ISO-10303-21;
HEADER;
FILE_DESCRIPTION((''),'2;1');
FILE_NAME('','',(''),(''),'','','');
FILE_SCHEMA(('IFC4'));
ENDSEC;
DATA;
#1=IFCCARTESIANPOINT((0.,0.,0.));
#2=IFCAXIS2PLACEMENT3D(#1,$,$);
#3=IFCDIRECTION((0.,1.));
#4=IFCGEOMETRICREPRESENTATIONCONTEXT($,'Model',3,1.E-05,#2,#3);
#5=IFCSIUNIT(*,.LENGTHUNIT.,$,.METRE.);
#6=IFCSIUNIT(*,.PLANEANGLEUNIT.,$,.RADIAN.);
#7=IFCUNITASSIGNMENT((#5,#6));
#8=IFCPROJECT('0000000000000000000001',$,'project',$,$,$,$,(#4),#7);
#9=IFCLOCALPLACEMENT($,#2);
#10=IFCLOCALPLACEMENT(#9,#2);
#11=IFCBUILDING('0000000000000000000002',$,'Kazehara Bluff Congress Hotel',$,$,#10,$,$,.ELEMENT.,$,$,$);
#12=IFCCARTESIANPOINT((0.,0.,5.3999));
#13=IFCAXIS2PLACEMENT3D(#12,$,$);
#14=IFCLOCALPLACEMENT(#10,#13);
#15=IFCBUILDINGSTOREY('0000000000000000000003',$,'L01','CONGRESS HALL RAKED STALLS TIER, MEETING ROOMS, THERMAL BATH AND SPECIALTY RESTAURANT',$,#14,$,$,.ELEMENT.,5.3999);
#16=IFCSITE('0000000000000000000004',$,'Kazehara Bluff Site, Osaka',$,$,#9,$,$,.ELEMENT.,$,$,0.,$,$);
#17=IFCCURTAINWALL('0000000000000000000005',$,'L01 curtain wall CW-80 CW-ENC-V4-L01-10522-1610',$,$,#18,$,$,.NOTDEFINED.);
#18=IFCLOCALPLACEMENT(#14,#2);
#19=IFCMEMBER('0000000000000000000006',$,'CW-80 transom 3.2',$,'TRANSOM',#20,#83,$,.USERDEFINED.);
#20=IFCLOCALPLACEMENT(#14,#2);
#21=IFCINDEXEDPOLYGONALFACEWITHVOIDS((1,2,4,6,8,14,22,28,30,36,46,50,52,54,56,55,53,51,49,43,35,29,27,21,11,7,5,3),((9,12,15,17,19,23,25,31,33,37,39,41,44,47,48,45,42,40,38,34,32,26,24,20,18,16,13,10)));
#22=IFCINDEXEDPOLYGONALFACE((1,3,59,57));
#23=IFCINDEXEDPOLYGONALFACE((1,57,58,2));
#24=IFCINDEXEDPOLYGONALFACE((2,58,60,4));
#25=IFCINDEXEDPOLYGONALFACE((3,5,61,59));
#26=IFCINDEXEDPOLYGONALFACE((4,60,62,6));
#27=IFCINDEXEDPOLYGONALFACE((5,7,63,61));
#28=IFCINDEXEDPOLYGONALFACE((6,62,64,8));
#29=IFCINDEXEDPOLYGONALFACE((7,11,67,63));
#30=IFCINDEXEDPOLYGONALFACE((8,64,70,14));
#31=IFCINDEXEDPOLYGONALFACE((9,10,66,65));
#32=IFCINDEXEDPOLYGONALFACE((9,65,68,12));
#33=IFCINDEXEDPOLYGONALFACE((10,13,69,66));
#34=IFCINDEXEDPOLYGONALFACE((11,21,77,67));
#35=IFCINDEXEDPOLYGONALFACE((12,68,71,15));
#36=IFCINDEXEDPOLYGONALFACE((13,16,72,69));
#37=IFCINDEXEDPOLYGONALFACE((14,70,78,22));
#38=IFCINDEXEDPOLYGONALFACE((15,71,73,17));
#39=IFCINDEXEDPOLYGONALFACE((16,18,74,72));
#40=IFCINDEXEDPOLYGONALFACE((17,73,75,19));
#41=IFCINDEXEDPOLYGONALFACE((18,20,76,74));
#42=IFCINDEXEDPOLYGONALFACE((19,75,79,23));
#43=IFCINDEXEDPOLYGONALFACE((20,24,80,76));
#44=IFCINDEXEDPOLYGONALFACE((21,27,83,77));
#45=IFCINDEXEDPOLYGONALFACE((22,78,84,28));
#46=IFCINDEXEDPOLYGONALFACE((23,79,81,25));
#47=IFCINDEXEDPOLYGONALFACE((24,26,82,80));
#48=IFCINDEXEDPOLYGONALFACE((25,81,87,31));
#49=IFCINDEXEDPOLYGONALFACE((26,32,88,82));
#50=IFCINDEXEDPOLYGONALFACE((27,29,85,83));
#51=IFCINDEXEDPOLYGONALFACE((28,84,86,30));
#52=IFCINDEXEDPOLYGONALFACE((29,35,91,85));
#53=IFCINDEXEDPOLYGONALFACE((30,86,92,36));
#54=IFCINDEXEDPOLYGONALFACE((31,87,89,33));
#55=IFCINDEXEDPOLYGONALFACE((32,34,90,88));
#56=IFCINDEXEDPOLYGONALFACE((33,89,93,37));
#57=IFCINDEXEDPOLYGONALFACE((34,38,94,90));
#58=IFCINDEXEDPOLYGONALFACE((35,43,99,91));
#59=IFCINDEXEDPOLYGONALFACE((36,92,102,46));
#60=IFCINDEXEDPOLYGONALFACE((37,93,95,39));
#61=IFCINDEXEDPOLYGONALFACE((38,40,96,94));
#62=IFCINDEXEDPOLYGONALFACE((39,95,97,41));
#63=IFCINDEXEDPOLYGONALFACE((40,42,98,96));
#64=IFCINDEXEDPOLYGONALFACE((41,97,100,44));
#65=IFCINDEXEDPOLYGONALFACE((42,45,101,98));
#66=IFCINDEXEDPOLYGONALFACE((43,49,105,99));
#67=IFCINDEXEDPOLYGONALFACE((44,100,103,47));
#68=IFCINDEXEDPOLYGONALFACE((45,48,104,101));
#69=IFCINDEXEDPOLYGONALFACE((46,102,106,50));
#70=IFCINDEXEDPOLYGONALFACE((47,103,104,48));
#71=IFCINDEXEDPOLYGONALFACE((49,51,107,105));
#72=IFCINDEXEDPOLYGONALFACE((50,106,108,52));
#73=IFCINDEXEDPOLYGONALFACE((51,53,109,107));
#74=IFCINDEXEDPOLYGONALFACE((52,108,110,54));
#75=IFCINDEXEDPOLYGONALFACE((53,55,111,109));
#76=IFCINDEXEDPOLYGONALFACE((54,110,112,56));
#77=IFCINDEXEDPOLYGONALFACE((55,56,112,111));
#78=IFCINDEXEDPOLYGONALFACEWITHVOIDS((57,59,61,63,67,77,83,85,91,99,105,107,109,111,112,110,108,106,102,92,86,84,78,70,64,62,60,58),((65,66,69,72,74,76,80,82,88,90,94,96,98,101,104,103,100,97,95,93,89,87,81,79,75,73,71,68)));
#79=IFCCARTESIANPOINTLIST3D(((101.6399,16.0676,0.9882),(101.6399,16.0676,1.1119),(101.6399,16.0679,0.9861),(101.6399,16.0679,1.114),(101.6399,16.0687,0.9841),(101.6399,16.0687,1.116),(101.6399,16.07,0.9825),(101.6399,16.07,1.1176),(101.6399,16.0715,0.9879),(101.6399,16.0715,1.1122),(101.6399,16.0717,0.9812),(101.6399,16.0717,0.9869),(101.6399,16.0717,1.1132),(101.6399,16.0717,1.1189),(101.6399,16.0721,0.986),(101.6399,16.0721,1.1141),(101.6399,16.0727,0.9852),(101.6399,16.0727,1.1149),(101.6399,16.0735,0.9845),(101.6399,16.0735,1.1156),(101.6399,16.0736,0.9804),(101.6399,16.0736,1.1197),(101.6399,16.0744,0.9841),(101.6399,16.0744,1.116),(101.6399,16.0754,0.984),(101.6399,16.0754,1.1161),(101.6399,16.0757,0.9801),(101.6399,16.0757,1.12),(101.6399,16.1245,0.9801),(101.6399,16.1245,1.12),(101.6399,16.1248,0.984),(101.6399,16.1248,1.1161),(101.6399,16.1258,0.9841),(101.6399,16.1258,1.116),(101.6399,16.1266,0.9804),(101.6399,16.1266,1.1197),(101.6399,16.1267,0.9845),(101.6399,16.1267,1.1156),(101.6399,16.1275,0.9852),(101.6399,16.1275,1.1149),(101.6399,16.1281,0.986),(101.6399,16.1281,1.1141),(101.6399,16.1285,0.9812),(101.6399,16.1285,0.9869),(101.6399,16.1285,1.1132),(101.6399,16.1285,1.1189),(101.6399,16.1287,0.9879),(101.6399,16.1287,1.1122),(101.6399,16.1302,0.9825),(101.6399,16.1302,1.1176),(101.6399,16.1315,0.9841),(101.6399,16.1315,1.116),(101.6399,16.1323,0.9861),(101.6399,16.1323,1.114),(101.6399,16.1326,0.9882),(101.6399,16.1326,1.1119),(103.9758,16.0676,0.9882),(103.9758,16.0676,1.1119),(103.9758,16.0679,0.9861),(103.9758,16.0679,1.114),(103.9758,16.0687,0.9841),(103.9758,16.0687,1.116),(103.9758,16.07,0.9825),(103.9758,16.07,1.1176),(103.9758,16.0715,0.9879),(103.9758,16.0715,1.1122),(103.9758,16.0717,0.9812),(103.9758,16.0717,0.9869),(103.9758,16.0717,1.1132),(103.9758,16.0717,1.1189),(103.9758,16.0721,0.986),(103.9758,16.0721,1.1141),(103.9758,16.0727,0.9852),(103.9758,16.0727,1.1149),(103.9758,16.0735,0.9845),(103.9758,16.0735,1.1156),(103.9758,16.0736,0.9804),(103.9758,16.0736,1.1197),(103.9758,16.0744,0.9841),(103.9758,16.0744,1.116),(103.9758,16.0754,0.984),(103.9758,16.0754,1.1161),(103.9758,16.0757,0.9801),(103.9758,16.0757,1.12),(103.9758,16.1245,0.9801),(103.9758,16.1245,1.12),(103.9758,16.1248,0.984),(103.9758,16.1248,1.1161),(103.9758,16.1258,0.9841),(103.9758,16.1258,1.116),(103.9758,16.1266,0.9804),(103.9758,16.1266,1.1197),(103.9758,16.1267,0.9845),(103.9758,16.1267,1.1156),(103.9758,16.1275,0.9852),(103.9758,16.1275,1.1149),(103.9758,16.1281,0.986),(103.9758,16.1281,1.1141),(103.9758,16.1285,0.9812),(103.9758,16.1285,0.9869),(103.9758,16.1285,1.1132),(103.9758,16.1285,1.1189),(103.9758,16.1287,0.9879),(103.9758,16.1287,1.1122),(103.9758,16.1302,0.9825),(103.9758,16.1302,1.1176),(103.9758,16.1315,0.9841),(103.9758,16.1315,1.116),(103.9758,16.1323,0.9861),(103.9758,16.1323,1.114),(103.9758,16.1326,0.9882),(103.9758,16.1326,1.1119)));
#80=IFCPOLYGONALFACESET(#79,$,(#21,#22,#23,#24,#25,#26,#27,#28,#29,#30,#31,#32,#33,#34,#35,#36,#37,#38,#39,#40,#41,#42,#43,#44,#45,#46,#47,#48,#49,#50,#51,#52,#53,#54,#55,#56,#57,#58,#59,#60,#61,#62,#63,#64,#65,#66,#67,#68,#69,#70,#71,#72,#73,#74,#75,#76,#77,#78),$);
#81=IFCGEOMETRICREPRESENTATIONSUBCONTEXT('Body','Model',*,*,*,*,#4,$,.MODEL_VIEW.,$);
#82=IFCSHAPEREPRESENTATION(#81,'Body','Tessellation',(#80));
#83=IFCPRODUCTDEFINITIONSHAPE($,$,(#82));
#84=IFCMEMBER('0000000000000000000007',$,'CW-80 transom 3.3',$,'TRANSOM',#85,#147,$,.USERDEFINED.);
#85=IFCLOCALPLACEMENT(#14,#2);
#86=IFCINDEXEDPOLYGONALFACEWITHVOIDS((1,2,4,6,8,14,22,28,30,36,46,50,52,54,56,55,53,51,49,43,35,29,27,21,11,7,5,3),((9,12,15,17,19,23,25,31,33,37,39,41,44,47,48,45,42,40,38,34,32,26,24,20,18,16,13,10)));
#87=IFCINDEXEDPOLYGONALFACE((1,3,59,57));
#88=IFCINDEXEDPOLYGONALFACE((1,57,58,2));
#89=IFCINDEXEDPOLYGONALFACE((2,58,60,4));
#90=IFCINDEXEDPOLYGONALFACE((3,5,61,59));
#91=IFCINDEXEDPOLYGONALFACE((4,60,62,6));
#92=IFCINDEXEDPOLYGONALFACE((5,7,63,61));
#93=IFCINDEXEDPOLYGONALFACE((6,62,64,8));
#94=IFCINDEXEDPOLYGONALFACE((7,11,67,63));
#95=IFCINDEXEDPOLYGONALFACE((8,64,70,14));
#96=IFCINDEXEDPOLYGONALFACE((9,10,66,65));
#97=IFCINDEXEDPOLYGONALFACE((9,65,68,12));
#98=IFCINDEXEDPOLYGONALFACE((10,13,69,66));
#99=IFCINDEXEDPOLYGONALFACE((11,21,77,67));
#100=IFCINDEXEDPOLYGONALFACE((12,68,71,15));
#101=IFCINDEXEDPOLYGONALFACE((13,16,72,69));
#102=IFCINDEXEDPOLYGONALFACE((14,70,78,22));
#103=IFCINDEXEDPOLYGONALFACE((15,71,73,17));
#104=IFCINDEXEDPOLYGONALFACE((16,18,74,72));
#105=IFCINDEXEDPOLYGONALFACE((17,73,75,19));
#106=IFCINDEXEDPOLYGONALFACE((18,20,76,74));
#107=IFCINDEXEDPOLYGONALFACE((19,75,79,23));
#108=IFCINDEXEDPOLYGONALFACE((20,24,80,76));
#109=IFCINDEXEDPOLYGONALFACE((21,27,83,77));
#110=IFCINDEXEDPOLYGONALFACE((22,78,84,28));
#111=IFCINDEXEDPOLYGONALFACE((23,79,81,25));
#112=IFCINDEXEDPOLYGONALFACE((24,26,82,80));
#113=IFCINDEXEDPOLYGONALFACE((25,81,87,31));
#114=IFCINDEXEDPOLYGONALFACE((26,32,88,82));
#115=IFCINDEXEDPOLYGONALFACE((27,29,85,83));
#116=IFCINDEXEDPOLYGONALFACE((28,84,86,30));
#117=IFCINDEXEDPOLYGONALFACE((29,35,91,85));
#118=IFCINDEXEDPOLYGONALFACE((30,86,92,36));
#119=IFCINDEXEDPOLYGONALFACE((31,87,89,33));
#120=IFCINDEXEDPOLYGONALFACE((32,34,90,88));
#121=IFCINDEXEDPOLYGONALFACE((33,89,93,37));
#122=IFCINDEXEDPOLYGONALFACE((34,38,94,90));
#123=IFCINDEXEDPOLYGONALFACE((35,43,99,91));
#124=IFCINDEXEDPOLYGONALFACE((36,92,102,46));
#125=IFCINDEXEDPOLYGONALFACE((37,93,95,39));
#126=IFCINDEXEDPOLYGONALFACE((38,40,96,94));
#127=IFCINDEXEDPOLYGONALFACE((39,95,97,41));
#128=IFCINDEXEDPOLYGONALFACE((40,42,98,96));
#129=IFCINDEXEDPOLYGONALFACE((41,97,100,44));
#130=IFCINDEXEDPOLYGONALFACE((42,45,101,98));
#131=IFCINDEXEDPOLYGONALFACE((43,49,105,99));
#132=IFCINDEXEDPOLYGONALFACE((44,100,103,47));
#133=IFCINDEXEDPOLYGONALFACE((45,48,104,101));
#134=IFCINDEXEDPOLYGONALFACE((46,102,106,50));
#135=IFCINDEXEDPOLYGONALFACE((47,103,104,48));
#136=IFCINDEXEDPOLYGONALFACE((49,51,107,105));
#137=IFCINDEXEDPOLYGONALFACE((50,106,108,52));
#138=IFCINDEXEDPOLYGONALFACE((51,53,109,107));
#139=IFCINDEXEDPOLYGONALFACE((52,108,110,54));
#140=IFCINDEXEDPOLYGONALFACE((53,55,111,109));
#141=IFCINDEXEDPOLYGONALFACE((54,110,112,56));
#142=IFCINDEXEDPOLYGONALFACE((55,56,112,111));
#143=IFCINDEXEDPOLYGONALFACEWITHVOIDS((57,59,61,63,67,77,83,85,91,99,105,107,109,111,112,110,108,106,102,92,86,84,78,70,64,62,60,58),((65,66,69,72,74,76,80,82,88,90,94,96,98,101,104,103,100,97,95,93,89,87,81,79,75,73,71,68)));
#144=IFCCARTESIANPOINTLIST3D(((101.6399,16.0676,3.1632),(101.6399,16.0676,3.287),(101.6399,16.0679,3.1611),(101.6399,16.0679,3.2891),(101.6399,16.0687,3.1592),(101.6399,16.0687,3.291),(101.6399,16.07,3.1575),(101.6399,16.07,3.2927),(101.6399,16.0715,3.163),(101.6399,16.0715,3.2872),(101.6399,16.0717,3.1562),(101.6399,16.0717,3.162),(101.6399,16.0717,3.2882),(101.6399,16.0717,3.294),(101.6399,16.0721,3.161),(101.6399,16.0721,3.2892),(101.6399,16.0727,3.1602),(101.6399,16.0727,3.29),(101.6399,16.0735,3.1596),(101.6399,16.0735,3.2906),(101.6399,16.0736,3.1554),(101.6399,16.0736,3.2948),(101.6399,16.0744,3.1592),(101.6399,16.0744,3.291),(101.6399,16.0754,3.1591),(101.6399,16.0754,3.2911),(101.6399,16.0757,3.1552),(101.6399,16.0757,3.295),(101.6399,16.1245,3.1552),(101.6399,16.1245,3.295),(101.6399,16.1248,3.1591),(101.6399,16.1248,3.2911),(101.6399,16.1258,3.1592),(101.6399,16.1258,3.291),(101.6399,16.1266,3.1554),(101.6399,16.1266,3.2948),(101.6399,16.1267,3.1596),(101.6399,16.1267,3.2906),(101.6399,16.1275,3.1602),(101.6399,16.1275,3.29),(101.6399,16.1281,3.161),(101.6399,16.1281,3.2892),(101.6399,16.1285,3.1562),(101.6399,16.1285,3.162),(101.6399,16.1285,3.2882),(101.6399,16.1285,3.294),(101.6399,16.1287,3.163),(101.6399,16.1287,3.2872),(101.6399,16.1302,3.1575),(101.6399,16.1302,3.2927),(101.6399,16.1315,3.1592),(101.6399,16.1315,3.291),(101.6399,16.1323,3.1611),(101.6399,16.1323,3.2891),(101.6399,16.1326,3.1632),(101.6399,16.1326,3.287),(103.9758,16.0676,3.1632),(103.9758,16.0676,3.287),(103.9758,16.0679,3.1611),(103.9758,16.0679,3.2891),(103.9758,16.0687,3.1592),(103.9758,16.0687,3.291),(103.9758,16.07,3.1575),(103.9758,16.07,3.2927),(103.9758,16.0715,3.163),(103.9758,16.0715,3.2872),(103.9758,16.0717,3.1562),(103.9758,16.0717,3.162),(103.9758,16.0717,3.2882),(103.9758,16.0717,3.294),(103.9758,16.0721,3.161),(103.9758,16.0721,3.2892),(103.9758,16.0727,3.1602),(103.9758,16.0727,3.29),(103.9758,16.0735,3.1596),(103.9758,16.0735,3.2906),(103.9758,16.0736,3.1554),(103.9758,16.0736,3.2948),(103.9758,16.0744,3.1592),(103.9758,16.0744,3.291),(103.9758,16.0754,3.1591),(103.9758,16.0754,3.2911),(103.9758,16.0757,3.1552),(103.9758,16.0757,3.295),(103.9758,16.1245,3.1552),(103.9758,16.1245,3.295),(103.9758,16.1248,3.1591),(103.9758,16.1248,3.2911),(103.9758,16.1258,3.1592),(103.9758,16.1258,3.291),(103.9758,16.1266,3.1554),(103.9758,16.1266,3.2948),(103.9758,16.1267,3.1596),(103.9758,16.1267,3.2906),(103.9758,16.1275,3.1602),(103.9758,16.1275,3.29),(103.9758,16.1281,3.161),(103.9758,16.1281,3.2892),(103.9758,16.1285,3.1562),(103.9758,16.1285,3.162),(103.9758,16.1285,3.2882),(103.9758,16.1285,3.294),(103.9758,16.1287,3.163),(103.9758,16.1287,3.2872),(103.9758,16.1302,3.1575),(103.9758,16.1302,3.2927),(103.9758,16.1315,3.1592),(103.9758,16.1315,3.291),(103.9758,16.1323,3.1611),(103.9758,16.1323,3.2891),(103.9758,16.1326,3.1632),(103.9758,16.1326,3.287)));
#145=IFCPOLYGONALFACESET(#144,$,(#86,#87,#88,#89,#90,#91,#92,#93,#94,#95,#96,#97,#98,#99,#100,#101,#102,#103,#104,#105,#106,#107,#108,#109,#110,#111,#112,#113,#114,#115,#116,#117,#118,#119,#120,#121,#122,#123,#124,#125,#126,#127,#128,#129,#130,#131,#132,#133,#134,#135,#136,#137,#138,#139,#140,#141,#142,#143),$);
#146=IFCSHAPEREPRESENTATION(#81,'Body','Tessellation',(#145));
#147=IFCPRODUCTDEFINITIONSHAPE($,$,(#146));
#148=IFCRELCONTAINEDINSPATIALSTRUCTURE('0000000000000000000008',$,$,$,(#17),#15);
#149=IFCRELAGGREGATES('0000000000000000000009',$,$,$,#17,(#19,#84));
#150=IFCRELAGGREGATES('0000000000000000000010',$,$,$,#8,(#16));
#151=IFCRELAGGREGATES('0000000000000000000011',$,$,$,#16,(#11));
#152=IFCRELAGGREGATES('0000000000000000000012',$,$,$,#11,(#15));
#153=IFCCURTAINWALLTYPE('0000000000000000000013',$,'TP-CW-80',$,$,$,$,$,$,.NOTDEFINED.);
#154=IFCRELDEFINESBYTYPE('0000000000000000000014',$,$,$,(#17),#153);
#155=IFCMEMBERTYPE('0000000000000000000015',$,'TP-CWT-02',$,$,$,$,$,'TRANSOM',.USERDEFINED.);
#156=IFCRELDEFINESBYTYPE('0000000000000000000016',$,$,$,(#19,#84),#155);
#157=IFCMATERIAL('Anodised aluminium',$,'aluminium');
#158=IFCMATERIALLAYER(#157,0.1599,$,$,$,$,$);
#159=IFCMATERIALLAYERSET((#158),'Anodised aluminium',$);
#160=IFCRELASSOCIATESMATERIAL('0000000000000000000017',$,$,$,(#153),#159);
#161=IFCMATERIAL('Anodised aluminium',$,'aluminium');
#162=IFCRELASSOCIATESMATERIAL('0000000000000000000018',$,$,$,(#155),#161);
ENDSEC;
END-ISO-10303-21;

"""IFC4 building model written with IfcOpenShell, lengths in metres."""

from ifc_helpers import new_model, si_unit, direction, frame, origin, origin_2d, place, context, subcontext, project, spatial, hollow_rectangle, extrude, material, layer, layer_set, material_profile, profile_set, type_object, element, aggregate, save


model = new_model("IFC4")

# Units and contexts
model_context = context("Model", 3, precision=1e-05, world=origin(), true_north=direction((0.0, 1.0)))
body_context = subcontext(model_context, "Body", "Model", "MODEL_VIEW")
ifc_project = project(units=[si_unit("LENGTHUNIT", "METRE"), si_unit("PLANEANGLEUNIT", "RADIAN")], contexts=[model_context])

# Site, building, storey
site_placement = place(None, origin())
site = spatial("IfcSite", under=ifc_project, at=site_placement, Name="Kazehara Bluff Site, Osaka", CompositionType="ELEMENT", RefElevation=0.0)
building_placement = place(site_placement, origin())
building = spatial("IfcBuilding", under=site, at=building_placement, Name="Kazehara Bluff Congress Hotel", CompositionType="ELEMENT")
storey_placement = place(building_placement, frame((0.0, 0.0, 5.3999)))
storey = spatial("IfcBuildingStorey", under=building, at=storey_placement, Name="L01", Description="CONGRESS HALL RAKED STALLS TIER, MEETING ROOMS, THERMAL BATH AND SPECIALTY RESTAURANT", CompositionType="ELEMENT", Elevation=5.3999)

# Curtain wall, members
ifc_material_1 = material(Name="Anodised aluminium", Category="aluminium")
ifc_layer_1 = layer(ifc_material_1, 0.1599)
ifc_layer_set_1 = layer_set([ifc_layer_1], Name="Anodised aluminium")
curtain_wall_type = type_object("IfcCurtainWallType", Name="TP-CW-80", PredefinedType="NOTDEFINED", material=ifc_layer_set_1)
curtain_wall_placement = place(storey_placement, origin())
curtain_wall = element("IfcCurtainWall", 1, at=curtain_wall_placement, inside=storey, type_object=curtain_wall_type, Name="L01 curtain wall CW-80 CW-ENC-V4-L01-10522-1610", PredefinedType="NOTDEFINED")
ifc_material_2 = material(Name="Anodised aluminium", Category="aluminium")
ifc_material_profile_1 = material_profile(ifc_material_2, hollow_rectangle(XDim=0.0649, YDim=0.1399, WallThickness=0.0039, InnerFilletRadius=0.0039, OuterFilletRadius=0.0081, at=origin_2d()))
ifc_profile_set_1 = profile_set([ifc_material_profile_1], Name="Anodised aluminium")
member_type_1 = type_object("IfcMemberType", Name="TP-CWT-02", ElementType="TRANSOM", PredefinedType="USERDEFINED", material=ifc_profile_set_1)
member_1_placement = place(storey_placement, frame((103.9758, 16.1001, 1.05), z_axis=(-1.0, 0.0, 0.0), x_axis=(0.0, -1.0, 0.0)))
member_1 = element("IfcMember", 2, at=member_1_placement, type_object=member_type_1, Name="CW-80 transom 3.2", ObjectType="TRANSOM", PredefinedType="USERDEFINED", context=body_context, shape_type="SweptSolid", body=[
    extrude(hollow_rectangle(XDim=0.0649, YDim=0.1399, WallThickness=0.0039, InnerFilletRadius=0.0039, OuterFilletRadius=0.0081, at=origin_2d()), origin(), (0.0, 0.0, 1.0), 2.3359),
])
member_2_placement = place(storey_placement, frame((103.9758, 16.1001, 3.2251), z_axis=(-1.0, 0.0, 0.0), x_axis=(0.0, -1.0, 0.0)))
member_2 = element("IfcMember", 3, at=member_2_placement, type_object=member_type_1, Name="CW-80 transom 3.3", ObjectType="TRANSOM", PredefinedType="USERDEFINED", context=body_context, shape_type="SweptSolid", body=[
    extrude(hollow_rectangle(XDim=0.0649, YDim=0.1399, WallThickness=0.0039, InnerFilletRadius=0.0039, OuterFilletRadius=0.0081, at=origin_2d()), origin(), (0.0, 0.0, 1.0), 2.3359),
])

aggregate(curtain_wall, [member_1, member_2])

save(model, "model.ifc")
